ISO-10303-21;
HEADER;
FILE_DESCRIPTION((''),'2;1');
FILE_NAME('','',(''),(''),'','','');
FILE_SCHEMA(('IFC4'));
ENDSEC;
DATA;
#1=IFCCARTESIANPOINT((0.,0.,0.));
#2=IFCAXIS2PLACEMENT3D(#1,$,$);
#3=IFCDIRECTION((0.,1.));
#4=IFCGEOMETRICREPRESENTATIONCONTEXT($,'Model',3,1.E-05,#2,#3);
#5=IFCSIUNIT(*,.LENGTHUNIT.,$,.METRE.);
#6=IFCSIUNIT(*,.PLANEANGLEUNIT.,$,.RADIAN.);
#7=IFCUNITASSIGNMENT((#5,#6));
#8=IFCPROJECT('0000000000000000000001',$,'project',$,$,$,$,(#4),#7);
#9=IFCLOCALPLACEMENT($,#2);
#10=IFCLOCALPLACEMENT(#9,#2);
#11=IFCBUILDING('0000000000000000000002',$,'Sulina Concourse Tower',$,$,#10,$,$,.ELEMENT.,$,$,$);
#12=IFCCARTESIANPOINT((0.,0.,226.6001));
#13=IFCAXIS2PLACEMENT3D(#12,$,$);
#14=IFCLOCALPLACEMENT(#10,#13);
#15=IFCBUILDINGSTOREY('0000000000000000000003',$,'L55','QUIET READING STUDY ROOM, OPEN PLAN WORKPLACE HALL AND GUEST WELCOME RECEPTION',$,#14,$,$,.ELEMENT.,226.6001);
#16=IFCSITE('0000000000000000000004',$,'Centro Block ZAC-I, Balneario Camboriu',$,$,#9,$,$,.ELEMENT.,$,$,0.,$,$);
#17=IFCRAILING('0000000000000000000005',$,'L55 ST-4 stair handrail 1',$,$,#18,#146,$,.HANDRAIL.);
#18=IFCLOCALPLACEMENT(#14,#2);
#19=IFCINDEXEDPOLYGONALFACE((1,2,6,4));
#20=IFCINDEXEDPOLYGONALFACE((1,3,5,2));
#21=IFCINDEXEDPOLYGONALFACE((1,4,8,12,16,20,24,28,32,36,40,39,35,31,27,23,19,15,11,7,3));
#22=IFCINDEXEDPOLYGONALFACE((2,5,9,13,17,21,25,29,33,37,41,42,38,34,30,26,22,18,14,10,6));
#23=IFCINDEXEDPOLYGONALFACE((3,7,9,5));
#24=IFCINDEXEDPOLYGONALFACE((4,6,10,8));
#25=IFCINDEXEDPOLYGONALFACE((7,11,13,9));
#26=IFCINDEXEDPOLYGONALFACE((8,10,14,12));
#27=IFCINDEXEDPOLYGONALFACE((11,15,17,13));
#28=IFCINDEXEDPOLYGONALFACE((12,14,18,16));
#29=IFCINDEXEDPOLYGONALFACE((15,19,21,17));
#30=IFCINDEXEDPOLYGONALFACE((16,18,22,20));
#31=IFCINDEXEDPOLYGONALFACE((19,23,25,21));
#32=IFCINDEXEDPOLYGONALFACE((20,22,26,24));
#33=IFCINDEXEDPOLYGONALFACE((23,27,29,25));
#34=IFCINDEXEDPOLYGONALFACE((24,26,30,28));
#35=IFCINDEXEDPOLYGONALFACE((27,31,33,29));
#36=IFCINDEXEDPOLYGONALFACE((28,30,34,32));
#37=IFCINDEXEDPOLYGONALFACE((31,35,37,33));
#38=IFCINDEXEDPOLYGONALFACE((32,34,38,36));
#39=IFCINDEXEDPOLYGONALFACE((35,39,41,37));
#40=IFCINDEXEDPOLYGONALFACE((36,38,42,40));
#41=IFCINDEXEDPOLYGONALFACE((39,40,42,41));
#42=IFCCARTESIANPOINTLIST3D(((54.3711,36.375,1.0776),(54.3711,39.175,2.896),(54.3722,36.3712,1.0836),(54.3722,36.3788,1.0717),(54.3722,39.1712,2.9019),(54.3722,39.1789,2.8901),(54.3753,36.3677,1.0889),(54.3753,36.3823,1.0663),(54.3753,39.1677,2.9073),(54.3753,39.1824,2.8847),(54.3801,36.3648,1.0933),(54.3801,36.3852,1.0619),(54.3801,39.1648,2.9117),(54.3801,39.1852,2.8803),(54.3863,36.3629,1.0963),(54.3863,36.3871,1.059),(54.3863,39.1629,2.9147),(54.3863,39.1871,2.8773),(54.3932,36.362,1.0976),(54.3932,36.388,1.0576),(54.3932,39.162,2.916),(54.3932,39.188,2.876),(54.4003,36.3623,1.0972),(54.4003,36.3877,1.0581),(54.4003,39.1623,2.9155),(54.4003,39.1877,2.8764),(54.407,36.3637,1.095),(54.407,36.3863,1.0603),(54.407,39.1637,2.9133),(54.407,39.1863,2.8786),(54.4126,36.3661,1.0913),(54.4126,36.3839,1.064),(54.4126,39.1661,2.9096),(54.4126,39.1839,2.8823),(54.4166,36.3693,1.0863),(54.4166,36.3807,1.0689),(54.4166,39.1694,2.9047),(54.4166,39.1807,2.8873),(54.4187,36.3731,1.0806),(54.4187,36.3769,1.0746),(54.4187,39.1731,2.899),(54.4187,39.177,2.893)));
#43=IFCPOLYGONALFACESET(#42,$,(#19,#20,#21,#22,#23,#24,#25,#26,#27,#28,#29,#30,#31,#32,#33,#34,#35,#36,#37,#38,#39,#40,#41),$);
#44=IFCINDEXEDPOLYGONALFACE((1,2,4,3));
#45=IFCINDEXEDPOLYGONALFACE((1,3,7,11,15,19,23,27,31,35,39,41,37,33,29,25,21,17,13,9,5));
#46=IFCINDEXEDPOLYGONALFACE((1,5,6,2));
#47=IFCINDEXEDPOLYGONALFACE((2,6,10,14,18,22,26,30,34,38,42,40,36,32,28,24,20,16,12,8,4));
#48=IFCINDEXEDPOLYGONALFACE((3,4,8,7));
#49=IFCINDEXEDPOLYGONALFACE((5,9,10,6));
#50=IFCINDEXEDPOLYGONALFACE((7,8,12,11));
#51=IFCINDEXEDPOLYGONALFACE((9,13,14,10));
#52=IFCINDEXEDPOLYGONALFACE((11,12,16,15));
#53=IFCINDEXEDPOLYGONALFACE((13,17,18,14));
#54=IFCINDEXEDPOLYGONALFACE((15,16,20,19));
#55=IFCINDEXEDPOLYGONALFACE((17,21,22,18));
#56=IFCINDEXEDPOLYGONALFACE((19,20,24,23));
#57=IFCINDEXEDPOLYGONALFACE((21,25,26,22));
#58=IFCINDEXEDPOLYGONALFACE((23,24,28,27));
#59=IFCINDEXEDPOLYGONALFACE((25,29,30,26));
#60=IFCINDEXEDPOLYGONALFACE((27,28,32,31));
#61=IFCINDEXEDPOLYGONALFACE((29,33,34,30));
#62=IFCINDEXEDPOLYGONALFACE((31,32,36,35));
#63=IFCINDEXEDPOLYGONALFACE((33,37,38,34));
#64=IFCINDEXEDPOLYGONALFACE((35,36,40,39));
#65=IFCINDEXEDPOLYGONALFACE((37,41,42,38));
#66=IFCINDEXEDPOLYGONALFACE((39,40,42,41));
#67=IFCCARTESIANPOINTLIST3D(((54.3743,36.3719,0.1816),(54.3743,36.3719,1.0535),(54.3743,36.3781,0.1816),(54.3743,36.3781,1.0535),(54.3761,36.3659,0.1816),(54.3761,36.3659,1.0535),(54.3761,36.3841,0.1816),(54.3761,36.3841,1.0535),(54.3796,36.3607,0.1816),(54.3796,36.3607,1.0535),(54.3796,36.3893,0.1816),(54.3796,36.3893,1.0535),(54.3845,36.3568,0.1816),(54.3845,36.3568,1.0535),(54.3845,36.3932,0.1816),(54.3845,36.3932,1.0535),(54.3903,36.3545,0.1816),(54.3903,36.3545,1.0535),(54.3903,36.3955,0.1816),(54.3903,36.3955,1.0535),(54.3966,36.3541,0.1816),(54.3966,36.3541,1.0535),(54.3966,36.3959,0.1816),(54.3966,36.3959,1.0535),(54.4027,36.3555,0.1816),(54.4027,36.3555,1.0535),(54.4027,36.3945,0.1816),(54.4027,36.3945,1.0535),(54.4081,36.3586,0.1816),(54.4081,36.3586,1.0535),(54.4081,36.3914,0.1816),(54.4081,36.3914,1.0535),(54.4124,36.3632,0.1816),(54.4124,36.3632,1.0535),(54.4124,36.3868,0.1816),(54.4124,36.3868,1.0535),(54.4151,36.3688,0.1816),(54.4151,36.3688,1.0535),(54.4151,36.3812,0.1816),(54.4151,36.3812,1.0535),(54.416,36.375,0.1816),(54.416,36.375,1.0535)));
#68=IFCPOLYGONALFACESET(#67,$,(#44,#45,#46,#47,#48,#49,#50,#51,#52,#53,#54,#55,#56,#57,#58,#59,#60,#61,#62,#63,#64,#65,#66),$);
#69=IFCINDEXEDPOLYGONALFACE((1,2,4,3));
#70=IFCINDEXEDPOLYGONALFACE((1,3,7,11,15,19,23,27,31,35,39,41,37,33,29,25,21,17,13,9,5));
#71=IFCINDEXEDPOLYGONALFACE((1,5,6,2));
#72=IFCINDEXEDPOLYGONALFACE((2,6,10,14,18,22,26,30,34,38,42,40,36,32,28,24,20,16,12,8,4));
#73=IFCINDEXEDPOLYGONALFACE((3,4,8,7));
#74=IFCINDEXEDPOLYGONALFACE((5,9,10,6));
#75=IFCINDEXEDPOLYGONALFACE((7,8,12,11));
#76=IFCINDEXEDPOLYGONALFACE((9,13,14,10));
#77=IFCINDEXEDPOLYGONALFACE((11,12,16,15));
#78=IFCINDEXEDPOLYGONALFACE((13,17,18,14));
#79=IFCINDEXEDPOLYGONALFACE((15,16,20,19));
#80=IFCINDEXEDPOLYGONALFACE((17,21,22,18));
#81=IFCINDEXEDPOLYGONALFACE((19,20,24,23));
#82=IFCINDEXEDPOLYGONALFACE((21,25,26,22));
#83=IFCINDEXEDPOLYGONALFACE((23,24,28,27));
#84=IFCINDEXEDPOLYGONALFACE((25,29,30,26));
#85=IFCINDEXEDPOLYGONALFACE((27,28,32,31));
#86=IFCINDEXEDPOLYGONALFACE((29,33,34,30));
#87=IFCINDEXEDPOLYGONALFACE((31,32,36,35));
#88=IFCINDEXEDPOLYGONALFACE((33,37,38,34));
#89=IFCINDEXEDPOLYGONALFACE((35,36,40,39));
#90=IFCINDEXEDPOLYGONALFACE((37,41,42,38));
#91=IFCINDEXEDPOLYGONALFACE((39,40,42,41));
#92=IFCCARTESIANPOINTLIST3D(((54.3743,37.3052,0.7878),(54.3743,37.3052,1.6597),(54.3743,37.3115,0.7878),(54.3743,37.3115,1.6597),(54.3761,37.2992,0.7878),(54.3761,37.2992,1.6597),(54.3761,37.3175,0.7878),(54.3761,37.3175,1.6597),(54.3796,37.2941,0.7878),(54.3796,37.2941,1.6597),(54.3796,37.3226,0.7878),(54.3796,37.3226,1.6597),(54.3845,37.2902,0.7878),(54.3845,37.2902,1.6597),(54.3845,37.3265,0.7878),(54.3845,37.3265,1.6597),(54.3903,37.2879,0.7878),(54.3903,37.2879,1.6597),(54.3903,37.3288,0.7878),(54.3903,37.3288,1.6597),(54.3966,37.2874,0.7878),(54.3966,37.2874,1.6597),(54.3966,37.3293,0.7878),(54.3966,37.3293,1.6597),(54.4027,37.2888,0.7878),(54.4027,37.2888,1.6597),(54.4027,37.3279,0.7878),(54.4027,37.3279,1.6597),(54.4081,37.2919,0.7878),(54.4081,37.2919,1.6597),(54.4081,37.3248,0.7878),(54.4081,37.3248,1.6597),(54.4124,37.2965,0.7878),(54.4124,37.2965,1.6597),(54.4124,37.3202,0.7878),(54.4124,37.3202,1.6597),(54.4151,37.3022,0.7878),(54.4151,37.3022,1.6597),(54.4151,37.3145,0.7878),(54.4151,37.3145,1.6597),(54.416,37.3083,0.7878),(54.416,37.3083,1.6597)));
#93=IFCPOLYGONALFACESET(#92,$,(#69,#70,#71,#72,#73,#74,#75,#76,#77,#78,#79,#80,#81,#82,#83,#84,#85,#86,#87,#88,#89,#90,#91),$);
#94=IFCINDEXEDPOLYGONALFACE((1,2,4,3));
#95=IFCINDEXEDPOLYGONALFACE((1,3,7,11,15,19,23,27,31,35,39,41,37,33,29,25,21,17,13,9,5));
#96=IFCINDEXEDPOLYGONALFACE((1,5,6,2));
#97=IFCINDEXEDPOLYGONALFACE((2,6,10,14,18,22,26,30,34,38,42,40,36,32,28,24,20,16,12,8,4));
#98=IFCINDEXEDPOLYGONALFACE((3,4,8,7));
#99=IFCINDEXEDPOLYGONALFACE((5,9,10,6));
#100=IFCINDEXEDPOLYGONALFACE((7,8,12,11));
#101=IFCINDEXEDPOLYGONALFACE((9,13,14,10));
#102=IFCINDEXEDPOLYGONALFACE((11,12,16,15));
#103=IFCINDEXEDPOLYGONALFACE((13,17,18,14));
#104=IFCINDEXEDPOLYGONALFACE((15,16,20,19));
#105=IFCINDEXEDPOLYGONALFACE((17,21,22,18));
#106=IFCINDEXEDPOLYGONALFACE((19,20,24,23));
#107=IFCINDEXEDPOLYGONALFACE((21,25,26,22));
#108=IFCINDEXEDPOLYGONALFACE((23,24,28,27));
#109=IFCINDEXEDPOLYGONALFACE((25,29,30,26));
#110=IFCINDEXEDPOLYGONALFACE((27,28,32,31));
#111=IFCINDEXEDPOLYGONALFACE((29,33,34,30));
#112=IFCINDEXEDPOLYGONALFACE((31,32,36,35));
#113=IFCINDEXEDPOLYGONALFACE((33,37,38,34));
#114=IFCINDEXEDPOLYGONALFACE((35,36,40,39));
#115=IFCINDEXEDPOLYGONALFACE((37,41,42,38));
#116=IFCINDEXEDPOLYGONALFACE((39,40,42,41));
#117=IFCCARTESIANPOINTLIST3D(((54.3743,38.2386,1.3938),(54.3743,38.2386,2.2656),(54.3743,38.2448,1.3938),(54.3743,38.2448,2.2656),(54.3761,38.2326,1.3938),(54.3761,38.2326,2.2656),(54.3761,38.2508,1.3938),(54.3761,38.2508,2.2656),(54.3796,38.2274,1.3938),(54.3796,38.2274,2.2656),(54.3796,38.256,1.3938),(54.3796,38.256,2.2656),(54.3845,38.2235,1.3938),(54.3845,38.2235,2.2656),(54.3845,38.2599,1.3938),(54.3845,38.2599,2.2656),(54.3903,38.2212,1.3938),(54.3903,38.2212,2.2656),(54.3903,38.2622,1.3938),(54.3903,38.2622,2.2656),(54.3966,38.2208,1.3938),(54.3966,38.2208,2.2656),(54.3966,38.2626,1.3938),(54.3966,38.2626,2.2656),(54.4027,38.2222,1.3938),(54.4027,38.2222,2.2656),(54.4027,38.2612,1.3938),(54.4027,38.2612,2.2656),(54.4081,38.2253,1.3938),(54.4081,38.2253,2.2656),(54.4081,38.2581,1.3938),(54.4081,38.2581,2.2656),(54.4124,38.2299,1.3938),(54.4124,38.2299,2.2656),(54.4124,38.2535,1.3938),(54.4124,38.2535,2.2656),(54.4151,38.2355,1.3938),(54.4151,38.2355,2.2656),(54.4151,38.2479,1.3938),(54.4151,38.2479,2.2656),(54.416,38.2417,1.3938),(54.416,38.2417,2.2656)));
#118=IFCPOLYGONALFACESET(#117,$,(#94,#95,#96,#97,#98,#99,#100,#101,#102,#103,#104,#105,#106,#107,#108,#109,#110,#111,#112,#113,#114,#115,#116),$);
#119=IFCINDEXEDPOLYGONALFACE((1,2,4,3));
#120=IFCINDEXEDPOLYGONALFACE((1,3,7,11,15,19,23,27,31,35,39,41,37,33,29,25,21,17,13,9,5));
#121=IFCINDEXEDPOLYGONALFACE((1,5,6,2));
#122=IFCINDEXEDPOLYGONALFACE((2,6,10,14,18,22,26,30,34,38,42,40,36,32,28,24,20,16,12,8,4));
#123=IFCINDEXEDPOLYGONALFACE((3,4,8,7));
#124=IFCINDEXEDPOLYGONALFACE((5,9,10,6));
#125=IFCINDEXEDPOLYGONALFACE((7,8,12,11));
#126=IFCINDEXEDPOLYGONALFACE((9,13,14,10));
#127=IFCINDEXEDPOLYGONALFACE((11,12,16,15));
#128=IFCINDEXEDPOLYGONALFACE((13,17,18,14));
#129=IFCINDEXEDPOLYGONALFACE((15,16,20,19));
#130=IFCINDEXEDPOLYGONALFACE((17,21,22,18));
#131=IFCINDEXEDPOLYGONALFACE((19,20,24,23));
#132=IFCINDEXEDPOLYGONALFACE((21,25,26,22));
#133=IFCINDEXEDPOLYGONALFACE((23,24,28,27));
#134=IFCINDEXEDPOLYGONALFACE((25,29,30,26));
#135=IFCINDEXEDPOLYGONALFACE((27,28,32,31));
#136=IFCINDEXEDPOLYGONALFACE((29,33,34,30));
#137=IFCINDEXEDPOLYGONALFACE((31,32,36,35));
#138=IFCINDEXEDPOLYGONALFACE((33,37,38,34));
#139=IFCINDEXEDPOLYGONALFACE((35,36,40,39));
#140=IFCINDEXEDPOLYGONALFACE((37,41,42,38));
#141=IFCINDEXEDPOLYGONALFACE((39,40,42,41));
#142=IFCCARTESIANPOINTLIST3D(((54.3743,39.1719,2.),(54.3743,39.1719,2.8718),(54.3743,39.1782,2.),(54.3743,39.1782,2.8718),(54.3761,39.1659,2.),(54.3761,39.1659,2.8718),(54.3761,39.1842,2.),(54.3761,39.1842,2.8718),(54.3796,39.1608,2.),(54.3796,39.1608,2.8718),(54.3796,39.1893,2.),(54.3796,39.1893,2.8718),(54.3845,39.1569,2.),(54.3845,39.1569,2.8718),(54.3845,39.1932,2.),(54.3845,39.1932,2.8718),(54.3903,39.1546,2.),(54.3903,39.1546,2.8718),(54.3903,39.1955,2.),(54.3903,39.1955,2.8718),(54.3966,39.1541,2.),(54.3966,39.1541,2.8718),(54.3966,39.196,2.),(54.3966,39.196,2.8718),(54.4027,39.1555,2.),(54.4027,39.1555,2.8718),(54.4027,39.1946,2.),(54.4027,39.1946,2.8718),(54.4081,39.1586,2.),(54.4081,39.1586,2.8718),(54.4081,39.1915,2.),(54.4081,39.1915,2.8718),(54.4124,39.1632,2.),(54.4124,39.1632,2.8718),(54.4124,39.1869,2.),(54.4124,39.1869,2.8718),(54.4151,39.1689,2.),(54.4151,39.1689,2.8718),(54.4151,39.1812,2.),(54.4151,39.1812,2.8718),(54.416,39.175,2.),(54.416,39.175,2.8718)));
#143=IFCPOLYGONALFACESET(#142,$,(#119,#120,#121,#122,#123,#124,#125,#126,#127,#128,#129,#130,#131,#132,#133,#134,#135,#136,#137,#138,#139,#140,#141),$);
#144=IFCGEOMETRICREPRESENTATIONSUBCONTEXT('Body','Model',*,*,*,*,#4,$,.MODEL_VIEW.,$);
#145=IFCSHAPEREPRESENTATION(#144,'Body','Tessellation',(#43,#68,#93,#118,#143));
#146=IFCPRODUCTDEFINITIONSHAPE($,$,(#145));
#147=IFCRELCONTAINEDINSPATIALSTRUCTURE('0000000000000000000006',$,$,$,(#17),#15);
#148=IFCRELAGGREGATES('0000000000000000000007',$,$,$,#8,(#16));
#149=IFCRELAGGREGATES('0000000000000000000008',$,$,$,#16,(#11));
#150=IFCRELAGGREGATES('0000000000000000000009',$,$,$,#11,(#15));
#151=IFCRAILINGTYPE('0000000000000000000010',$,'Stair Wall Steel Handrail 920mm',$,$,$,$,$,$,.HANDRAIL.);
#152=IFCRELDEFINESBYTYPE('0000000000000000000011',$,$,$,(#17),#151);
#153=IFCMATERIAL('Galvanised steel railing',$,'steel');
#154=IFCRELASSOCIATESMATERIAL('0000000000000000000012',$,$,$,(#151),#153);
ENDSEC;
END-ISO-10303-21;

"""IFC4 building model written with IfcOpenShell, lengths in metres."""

from ifc_helpers import new_model, si_unit, direction, frame, origin, origin_2d, place, context, subcontext, project, spatial, circle, extrude, material, type_object, element, save


model = new_model("IFC4")

# Units and contexts
model_context = context("Model", 3, precision=1e-05, world=origin(), true_north=direction((0.0, 1.0)))
body_context = subcontext(model_context, "Body", "Model", "MODEL_VIEW")
ifc_project = project(units=[si_unit("LENGTHUNIT", "METRE"), si_unit("PLANEANGLEUNIT", "RADIAN")], contexts=[model_context])

# Site, building, storey
site_placement = place(None, origin())
site = spatial("IfcSite", under=ifc_project, at=site_placement, Name="Centro Block ZAC-I, Balneario Camboriu", CompositionType="ELEMENT", RefElevation=0.0)
building_placement = place(site_placement, origin())
building = spatial("IfcBuilding", under=site, at=building_placement, Name="Sulina Concourse Tower", CompositionType="ELEMENT")
storey_placement = place(building_placement, frame((0.0, 0.0, 226.6001)))
storey = spatial("IfcBuildingStorey", under=building, at=storey_placement, Name="L55", Description="QUIET READING STUDY ROOM, OPEN PLAN WORKPLACE HALL AND GUEST WELCOME RECEPTION", CompositionType="ELEMENT", Elevation=226.6001)

# Railing
ifc_material_1 = material(Name="Galvanised steel railing", Category="steel")
railing_type_1 = type_object("IfcRailingType", Name="Stair Wall Steel Handrail 920mm", PredefinedType="HANDRAIL", material=ifc_material_1)
railing_1_placement = place(storey_placement, frame((54.395, 36.375, 0.1816)))
element("IfcRailing", 1, at=railing_1_placement, inside=storey, type_object=railing_type_1, Name="L55 ST-4 stair handrail 1", PredefinedType="HANDRAIL", context=body_context, shape_type="SweptSolid", body=[
    extrude(circle(Radius=0.0239, at=origin_2d()), frame((0.0, 0.0, 0.896), z_axis=(0.0, 0.838672, 0.544636), x_axis=(-1.0, 0.0, 0.0)), (0.0, 0.0, 1.0), 3.3386),
    extrude(circle(Radius=0.021, at=origin_2d()), origin(), (0.0, 0.0, 1.0), 0.8718),
    extrude(circle(Radius=0.021, at=origin_2d()), frame((0.0, 0.9333, 0.6062)), (0.0, 0.0, 1.0), 0.8718),
    extrude(circle(Radius=0.021, at=origin_2d()), frame((0.0, 1.8667, 1.2122)), (0.0, 0.0, 1.0), 0.8718),
    extrude(circle(Radius=0.021, at=origin_2d()), frame((0.0, 2.8, 1.8184)), (0.0, 0.0, 1.0), 0.8718),
])

save(model, "model.ifc")
